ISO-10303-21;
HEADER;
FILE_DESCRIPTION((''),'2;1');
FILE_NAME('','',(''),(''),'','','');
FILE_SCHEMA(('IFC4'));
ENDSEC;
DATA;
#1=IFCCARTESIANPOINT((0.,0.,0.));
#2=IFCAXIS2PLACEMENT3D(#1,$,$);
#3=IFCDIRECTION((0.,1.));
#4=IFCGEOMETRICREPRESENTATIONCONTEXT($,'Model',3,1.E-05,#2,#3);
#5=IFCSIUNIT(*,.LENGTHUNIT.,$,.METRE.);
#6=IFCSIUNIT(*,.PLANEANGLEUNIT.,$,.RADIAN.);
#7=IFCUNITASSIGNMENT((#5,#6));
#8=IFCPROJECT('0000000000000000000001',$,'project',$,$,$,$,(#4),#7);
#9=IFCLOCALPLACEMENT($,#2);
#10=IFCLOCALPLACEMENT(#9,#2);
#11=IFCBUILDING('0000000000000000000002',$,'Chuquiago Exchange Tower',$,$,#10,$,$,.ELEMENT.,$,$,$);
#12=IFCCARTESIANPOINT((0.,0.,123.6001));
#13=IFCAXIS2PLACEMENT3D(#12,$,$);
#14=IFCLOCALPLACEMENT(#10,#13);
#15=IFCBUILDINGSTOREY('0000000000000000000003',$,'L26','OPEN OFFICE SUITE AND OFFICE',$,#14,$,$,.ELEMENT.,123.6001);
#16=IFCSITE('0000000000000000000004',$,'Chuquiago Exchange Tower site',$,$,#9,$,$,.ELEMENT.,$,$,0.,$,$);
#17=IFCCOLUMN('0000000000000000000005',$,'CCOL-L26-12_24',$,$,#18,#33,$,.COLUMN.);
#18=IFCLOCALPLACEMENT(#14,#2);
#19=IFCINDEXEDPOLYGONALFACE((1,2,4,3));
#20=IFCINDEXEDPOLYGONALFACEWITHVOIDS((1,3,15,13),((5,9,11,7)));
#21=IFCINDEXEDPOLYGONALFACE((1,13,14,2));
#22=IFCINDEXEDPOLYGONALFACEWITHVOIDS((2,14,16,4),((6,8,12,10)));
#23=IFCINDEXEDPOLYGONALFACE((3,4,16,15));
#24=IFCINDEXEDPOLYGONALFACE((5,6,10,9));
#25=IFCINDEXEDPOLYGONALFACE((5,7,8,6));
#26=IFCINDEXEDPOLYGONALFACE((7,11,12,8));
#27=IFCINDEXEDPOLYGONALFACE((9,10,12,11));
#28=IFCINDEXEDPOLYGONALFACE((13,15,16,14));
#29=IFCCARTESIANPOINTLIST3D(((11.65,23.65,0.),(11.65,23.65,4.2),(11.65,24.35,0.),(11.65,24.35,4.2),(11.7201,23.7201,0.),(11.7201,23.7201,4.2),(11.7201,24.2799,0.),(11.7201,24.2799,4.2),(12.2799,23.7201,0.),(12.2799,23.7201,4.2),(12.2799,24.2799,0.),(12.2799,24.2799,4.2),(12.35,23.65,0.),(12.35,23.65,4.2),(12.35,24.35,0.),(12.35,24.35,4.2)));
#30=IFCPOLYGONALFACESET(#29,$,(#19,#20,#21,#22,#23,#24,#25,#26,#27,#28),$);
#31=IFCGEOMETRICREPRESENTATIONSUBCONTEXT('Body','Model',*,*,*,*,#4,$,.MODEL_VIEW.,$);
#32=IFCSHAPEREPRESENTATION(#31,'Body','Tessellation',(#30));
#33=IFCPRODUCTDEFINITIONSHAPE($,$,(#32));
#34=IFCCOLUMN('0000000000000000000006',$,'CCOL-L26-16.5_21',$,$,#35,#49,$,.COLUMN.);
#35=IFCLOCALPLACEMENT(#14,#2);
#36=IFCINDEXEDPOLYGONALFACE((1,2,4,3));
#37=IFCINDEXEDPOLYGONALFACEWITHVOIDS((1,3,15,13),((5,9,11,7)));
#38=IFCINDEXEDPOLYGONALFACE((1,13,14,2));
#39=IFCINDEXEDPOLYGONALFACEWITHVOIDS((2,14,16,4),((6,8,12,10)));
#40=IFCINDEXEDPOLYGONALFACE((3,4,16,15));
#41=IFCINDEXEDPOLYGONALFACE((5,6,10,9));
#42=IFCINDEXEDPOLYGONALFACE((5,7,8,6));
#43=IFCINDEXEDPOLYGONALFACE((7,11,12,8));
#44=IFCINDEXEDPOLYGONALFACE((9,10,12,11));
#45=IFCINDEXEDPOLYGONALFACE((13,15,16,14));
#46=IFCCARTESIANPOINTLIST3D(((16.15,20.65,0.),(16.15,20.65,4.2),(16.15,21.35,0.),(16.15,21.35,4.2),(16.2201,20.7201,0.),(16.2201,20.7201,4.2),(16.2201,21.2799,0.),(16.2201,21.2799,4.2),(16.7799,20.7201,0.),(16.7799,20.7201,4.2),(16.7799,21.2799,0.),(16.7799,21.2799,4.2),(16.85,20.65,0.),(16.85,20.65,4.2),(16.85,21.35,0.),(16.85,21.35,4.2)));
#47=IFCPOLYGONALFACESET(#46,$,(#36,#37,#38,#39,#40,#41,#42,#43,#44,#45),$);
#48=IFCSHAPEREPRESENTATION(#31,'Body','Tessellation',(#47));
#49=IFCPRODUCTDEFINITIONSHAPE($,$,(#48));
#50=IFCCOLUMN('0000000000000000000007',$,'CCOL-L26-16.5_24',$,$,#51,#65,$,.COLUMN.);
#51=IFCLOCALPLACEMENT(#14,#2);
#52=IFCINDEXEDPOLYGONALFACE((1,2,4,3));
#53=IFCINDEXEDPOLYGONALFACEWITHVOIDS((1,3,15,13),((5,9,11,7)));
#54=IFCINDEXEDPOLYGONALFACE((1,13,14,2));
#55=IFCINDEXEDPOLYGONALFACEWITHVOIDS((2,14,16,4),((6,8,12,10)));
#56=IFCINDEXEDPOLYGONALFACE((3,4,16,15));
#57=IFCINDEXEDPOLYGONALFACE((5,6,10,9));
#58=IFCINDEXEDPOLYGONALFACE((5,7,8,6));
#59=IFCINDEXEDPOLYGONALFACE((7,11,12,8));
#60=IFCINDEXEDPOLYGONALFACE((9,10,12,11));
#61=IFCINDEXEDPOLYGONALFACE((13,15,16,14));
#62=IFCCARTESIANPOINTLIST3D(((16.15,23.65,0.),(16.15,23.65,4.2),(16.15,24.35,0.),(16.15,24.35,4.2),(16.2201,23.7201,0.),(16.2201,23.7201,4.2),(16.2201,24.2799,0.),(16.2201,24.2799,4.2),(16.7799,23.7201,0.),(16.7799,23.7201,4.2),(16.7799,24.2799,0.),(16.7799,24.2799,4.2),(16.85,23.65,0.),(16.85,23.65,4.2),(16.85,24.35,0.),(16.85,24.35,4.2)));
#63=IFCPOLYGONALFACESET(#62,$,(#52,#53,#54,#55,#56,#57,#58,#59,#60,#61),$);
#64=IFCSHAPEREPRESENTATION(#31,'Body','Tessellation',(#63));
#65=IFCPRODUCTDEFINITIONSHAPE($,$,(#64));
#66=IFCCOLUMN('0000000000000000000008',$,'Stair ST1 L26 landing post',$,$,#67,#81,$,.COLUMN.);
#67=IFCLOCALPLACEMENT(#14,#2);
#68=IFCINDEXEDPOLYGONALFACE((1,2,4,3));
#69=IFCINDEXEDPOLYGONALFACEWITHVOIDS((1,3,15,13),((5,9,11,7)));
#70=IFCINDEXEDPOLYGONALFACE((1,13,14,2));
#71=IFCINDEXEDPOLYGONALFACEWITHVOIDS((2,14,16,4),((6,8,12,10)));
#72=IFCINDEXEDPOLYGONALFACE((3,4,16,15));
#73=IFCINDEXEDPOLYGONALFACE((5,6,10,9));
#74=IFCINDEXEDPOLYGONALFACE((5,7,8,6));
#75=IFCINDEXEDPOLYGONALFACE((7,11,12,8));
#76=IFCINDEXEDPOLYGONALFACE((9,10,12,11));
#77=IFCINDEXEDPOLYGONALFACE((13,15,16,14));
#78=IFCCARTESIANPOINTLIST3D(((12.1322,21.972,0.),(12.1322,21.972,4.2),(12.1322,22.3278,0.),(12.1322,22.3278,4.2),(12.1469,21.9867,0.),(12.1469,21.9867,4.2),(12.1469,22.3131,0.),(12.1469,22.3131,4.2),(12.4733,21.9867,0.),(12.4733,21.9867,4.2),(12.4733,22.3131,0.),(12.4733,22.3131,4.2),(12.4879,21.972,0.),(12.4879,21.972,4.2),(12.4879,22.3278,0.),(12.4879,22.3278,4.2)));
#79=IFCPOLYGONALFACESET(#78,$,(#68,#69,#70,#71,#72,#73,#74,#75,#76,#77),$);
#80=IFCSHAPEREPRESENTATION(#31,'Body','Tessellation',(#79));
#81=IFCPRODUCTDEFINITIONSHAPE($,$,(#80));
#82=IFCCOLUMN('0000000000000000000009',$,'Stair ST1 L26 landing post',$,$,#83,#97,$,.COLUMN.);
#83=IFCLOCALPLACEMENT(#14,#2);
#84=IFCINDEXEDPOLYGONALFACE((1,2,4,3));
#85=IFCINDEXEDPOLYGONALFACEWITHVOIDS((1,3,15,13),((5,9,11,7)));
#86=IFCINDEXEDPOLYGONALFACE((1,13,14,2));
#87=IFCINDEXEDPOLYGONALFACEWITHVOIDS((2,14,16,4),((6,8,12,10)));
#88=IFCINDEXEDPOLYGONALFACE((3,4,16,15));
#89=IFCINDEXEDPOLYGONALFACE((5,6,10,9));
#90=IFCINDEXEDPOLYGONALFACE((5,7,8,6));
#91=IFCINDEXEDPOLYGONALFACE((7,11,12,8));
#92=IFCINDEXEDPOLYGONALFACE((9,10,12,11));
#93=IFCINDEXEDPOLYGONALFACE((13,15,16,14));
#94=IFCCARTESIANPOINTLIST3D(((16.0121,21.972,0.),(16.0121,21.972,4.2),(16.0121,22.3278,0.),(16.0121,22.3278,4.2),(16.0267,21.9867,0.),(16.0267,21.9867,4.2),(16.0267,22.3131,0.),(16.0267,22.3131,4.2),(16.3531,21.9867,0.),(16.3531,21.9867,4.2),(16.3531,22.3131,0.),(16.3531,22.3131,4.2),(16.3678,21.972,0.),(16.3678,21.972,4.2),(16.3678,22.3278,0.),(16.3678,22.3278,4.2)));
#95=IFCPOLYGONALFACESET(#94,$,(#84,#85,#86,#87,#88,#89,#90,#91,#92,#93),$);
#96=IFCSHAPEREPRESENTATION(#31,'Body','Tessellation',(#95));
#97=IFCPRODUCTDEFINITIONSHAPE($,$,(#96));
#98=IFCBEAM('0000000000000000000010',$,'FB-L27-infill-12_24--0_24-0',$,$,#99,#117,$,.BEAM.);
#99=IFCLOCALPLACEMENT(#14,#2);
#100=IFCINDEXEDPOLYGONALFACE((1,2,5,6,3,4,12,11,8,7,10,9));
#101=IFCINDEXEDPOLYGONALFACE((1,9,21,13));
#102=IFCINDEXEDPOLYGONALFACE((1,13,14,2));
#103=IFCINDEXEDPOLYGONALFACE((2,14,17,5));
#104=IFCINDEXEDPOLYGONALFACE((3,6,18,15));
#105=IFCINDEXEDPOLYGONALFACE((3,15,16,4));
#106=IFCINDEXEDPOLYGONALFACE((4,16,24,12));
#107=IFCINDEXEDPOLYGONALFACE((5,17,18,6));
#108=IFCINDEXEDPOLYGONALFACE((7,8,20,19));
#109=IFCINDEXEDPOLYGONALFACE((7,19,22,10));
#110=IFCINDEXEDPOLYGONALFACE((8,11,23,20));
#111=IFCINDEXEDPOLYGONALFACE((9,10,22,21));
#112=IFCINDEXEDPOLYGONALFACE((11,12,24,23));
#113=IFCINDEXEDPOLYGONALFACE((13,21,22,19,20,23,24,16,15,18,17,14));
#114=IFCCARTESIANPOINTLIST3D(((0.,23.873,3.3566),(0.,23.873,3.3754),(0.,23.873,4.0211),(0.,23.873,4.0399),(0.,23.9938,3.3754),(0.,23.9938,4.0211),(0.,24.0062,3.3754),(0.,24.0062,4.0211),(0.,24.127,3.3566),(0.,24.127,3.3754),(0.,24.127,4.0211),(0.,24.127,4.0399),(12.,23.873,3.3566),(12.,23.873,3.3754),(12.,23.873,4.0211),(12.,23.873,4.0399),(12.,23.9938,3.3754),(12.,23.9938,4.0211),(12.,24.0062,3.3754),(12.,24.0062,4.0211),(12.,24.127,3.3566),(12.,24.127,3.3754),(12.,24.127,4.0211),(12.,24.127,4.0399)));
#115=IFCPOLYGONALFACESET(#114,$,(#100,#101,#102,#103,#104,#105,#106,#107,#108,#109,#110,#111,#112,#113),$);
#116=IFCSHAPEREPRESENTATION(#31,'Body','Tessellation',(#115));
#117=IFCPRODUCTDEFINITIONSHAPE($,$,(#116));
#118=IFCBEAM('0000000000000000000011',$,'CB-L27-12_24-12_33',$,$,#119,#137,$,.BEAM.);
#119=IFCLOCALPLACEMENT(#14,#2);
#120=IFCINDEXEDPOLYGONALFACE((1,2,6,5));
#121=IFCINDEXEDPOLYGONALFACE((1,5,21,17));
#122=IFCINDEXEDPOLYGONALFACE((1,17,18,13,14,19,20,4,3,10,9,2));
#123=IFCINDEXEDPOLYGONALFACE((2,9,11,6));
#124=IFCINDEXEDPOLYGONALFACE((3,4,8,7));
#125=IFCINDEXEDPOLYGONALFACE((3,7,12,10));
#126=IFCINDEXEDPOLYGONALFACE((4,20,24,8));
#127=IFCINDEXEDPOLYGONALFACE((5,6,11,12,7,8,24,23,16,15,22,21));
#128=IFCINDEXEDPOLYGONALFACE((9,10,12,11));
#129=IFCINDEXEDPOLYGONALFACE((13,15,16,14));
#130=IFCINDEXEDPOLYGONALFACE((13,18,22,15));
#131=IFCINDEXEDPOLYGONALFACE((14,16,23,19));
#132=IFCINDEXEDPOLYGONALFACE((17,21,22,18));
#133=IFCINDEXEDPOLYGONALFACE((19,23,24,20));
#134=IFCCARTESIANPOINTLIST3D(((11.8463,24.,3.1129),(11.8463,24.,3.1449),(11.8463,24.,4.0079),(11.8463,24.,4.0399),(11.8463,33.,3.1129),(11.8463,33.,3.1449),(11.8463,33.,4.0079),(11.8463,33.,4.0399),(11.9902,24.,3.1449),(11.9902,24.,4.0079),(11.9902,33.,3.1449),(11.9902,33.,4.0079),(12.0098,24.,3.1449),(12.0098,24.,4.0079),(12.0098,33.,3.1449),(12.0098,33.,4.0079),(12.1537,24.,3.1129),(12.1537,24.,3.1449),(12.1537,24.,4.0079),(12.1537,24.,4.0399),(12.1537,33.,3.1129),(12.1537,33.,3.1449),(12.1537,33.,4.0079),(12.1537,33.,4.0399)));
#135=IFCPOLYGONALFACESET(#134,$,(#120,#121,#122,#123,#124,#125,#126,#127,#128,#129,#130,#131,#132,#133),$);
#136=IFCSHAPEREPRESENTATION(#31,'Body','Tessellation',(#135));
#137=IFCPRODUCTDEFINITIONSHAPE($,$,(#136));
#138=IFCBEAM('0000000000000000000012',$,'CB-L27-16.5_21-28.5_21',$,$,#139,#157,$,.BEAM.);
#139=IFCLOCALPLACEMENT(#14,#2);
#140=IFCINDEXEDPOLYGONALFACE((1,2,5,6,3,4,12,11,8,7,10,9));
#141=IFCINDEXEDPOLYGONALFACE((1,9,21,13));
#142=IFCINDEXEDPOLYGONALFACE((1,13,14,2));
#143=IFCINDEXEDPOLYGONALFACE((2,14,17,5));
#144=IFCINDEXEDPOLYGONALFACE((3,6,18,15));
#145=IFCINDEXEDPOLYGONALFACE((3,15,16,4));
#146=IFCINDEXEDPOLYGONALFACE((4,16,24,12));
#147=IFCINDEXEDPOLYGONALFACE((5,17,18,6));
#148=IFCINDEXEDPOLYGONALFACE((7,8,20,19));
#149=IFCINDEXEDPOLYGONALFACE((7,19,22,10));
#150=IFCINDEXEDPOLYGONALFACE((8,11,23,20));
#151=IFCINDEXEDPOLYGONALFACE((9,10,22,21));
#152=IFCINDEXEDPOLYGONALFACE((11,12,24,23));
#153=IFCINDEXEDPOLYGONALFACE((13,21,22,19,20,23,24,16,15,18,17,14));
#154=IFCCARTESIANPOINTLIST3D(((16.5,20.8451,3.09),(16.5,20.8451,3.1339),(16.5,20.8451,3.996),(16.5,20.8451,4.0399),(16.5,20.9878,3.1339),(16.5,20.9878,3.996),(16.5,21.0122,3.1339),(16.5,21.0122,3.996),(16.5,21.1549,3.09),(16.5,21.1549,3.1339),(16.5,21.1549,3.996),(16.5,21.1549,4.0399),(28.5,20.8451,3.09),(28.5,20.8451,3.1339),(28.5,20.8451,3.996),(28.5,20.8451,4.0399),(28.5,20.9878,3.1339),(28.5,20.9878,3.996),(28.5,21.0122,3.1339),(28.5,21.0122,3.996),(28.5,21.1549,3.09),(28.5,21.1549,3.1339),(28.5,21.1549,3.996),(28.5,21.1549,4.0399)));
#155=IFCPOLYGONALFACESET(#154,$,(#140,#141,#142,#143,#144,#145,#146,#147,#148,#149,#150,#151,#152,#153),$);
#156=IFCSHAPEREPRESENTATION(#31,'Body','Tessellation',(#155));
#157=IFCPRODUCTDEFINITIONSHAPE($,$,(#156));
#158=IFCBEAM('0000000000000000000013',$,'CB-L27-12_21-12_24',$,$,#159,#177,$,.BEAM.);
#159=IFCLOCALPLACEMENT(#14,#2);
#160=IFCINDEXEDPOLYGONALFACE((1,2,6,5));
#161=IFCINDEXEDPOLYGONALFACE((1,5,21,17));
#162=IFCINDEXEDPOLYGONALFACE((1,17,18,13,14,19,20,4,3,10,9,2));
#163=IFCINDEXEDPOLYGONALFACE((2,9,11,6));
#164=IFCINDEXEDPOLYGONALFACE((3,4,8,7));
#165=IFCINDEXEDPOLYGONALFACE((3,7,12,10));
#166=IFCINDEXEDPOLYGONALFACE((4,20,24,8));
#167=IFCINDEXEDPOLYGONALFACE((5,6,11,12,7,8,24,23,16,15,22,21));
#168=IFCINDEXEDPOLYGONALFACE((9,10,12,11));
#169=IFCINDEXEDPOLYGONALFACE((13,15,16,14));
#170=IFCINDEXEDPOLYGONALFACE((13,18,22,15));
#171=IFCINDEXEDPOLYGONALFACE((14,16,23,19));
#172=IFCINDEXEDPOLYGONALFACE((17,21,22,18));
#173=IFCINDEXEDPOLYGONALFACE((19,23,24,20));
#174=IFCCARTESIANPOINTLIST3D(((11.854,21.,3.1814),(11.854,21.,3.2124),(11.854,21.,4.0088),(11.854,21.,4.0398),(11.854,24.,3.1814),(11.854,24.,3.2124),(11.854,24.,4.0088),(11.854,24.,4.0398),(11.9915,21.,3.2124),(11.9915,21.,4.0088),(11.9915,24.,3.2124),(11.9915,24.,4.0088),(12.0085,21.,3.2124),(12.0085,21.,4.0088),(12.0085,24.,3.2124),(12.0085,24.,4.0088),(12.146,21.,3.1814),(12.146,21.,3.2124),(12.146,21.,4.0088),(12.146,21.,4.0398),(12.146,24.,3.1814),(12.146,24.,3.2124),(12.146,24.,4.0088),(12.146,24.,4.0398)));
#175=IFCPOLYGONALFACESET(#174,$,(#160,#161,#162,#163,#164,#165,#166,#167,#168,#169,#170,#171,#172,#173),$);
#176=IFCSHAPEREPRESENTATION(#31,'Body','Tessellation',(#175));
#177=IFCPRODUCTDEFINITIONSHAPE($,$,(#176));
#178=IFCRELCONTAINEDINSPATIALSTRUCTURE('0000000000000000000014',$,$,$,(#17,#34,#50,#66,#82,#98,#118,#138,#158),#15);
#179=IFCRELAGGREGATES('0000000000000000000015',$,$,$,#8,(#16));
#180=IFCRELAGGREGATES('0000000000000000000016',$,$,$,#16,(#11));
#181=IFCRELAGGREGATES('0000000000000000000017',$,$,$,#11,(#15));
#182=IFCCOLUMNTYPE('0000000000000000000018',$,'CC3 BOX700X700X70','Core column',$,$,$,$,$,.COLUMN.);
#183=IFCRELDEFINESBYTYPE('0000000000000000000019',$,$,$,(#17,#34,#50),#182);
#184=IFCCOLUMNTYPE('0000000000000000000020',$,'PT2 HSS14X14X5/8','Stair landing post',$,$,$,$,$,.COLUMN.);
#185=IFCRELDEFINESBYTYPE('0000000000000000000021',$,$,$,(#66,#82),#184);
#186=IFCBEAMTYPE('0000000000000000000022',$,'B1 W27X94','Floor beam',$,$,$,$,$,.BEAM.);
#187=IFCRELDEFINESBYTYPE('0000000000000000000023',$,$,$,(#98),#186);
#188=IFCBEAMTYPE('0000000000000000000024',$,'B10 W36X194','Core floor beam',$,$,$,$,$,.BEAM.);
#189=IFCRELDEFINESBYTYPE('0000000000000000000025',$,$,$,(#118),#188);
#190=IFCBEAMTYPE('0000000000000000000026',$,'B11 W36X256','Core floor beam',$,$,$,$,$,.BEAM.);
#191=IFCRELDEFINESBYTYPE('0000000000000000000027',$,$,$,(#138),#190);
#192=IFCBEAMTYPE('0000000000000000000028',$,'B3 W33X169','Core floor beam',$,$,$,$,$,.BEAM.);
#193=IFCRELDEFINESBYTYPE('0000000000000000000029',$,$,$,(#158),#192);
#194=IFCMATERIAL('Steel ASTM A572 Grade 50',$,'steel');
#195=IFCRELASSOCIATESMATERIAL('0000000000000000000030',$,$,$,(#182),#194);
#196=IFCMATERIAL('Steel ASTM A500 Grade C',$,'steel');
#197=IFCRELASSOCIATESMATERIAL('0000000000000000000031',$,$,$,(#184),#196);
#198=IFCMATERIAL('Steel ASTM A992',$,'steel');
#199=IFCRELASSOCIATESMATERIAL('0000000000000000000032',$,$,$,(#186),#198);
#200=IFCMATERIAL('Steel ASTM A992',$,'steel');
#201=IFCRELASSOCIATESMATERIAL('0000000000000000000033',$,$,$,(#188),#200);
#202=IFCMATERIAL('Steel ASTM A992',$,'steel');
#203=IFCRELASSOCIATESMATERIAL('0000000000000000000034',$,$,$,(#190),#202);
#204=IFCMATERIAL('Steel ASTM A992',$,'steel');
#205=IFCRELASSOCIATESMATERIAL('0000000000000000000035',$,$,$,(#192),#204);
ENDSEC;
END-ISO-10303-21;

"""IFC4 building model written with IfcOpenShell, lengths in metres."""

from ifc_helpers import new_model, si_unit, direction, frame, origin, origin_2d, place, context, subcontext, project, spatial, hollow_rectangle, i_section, extrude, material, material_profile, profile_set, type_object, element, save


model = new_model("IFC4")

# Units and contexts
model_context = context("Model", 3, precision=1e-05, world=origin(), true_north=direction((0.0, 1.0)))
body_context = subcontext(model_context, "Body", "Model", "MODEL_VIEW")
ifc_project = project(units=[si_unit("LENGTHUNIT", "METRE"), si_unit("PLANEANGLEUNIT", "RADIAN")], contexts=[model_context])

# Site, building, storey
site_placement = place(None, origin())
site = spatial("IfcSite", under=ifc_project, at=site_placement, Name="Chuquiago Exchange Tower site", CompositionType="ELEMENT", RefElevation=0.0)
building_placement = place(site_placement, origin())
building = spatial("IfcBuilding", under=site, at=building_placement, Name="Chuquiago Exchange Tower", CompositionType="ELEMENT")
storey_placement = place(building_placement, frame((0.0, 0.0, 123.6001)))
storey = spatial("IfcBuildingStorey", under=building, at=storey_placement, Name="L26", Description="OPEN OFFICE SUITE AND OFFICE", CompositionType="ELEMENT", Elevation=123.6001)

# Columns
ifc_material_1 = material(Name="Steel ASTM A572 Grade 50", Category="steel")
ifc_material_profile_1 = material_profile(ifc_material_1, hollow_rectangle(XDim=0.7, YDim=0.7, WallThickness=0.0701, at=origin_2d()), Name="BOX700X700X70")
ifc_profile_set_1 = profile_set([ifc_material_profile_1], Name="Steel ASTM A572 Grade 50")
column_type_1 = type_object("IfcColumnType", Name="CC3 BOX700X700X70", Description="Core column", PredefinedType="COLUMN", material=ifc_profile_set_1)
for number, where, z_axis, x_axis, name in (
    (1, (12.0, 24.0, 0.0), (0.0, 0.0, 1.0), (1.0, 0.0, 0.0), "CCOL-L26-12_24"),
    (2, (16.5, 21.0, 0.0), (0.0, 0.0, 1.0), (1.0, 0.0, 0.0), "CCOL-L26-16.5_21"),
    (3, (16.5, 24.0, 0.0), (0.0, 0.0, 1.0), (1.0, 0.0, 0.0), "CCOL-L26-16.5_24"),
):
    element("IfcColumn", number, at=place(storey_placement, frame(where, z_axis=z_axis, x_axis=x_axis)), inside=storey, type_object=column_type_1, Name=name, PredefinedType="COLUMN", context=body_context, shape_type="SweptSolid", body=[
        extrude(hollow_rectangle(XDim=0.7, YDim=0.7, WallThickness=0.0701, at=origin_2d()), origin(), (0.0, 0.0, 1.0), 4.2),
    ])
ifc_material_2 = material(Name="Steel ASTM A500 Grade C", Category="steel")
ifc_material_profile_2 = material_profile(ifc_material_2, hollow_rectangle(XDim=0.3557, YDim=0.3557, WallThickness=0.0146, at=origin_2d()), Name="HSS14X14X5/8")
ifc_profile_set_2 = profile_set([ifc_material_profile_2], Name="Steel ASTM A500 Grade C")
column_type_2 = type_object("IfcColumnType", Name="PT2 HSS14X14X5/8", Description="Stair landing post", PredefinedType="COLUMN", material=ifc_profile_set_2)
for number, where, z_axis, x_axis, name in (
    (4, (12.3101, 22.1499, 0.0), (0.0, 0.0, 1.0), (1.0, 0.0, 0.0), "Stair ST1 L26 landing post"),
    (5, (16.1899, 22.1499, 0.0), (0.0, 0.0, 1.0), (1.0, 0.0, 0.0), "Stair ST1 L26 landing post"),
):
    element("IfcColumn", number, at=place(storey_placement, frame(where, z_axis=z_axis, x_axis=x_axis)), inside=storey, type_object=column_type_2, Name=name, PredefinedType="COLUMN", context=body_context, shape_type="SweptSolid", body=[
        extrude(hollow_rectangle(XDim=0.3557, YDim=0.3557, WallThickness=0.0146, at=origin_2d()), origin(), (0.0, 0.0, 1.0), 4.2),
    ])

# Beams
ifc_material_3 = material(Name="Steel ASTM A992", Category="steel")
ifc_material_profile_3 = material_profile(ifc_material_3, i_section(OverallWidth=0.2539, OverallDepth=0.6833, WebThickness=0.0125, FlangeThickness=0.0188, at=origin_2d()), Name="W27X94")
ifc_profile_set_3 = profile_set([ifc_material_profile_3], Name="Steel ASTM A992")
beam_type_1 = type_object("IfcBeamType", Name="B1 W27X94", Description="Floor beam", PredefinedType="BEAM", material=ifc_profile_set_3)
beam_1_placement = place(storey_placement, frame((12.0, 24.0, 3.6982), z_axis=(-1.0, 0.0, 0.0), x_axis=(0.0, -1.0, 0.0)))
element("IfcBeam", 6, at=beam_1_placement, inside=storey, type_object=beam_type_1, Name="FB-L27-infill-12_24--0_24-0", PredefinedType="BEAM", context=body_context, shape_type="SweptSolid", body=[
    extrude(i_section(OverallWidth=0.2539, OverallDepth=0.6833, WebThickness=0.0125, FlangeThickness=0.0188, at=origin_2d()), origin(), (0.0, 0.0, 1.0), 12.0),
])
ifc_material_4 = material(Name="Steel ASTM A992", Category="steel")
ifc_material_profile_4 = material_profile(ifc_material_4, i_section(OverallWidth=0.3074, OverallDepth=0.927, WebThickness=0.0195, FlangeThickness=0.032, at=origin_2d()), Name="W36X194")
ifc_profile_set_4 = profile_set([ifc_material_profile_4], Name="Steel ASTM A992")
beam_type_2 = type_object("IfcBeamType", Name="B10 W36X194", Description="Core floor beam", PredefinedType="BEAM", material=ifc_profile_set_4)
beam_2_placement = place(storey_placement, frame((12.0, 24.0, 3.5764), z_axis=(0.0, 1.0, 0.0), x_axis=(-1.0, 0.0, 0.0)))
element("IfcBeam", 7, at=beam_2_placement, inside=storey, type_object=beam_type_2, Name="CB-L27-12_24-12_33", PredefinedType="BEAM", context=body_context, shape_type="SweptSolid", body=[
    extrude(i_section(OverallWidth=0.3074, OverallDepth=0.927, WebThickness=0.0195, FlangeThickness=0.032, at=origin_2d()), origin(), (0.0, 0.0, 1.0), 9.0),
])
ifc_material_5 = material(Name="Steel ASTM A992", Category="steel")
ifc_material_profile_5 = material_profile(ifc_material_5, i_section(OverallWidth=0.3098, OverallDepth=0.95, WebThickness=0.0244, FlangeThickness=0.0439, at=origin_2d()), Name="W36X256")
ifc_profile_set_5 = profile_set([ifc_material_profile_5], Name="Steel ASTM A992")
beam_type_3 = type_object("IfcBeamType", Name="B11 W36X256", Description="Core floor beam", PredefinedType="BEAM", material=ifc_profile_set_5)
beam_3_placement = place(storey_placement, frame((16.5, 21.0, 3.5649), z_axis=(1.0, 0.0, 0.0), x_axis=(0.0, 1.0, 0.0)))
element("IfcBeam", 8, at=beam_3_placement, inside=storey, type_object=beam_type_3, Name="CB-L27-16.5_21-28.5_21", PredefinedType="BEAM", context=body_context, shape_type="SweptSolid", body=[
    extrude(i_section(OverallWidth=0.3098, OverallDepth=0.95, WebThickness=0.0244, FlangeThickness=0.0439, at=origin_2d()), origin(), (0.0, 0.0, 1.0), 12.0),
])
ifc_material_6 = material(Name="Steel ASTM A992", Category="steel")
ifc_material_profile_6 = material_profile(ifc_material_6, i_section(OverallWidth=0.292, OverallDepth=0.8584, WebThickness=0.0171, FlangeThickness=0.031, at=origin_2d()), Name="W33X169")
ifc_profile_set_6 = profile_set([ifc_material_profile_6], Name="Steel ASTM A992")
beam_type_4 = type_object("IfcBeamType", Name="B3 W33X169", Description="Core floor beam", PredefinedType="BEAM", material=ifc_profile_set_6)
for number, where, z_axis, x_axis, name in (
    (9, (12.0, 21.0, 3.6106), (0.0, 1.0, 0.0), (-1.0, 0.0, 0.0), "CB-L27-12_21-12_24"),
):
    element("IfcBeam", number, at=place(storey_placement, frame(where, z_axis=z_axis, x_axis=x_axis)), inside=storey, type_object=beam_type_4, Name=name, PredefinedType="BEAM", context=body_context, shape_type="SweptSolid", body=[
        extrude(i_section(OverallWidth=0.292, OverallDepth=0.8584, WebThickness=0.0171, FlangeThickness=0.031, at=origin_2d()), origin(), (0.0, 0.0, 1.0), 3.0),
    ])

save(model, "model.ifc")
